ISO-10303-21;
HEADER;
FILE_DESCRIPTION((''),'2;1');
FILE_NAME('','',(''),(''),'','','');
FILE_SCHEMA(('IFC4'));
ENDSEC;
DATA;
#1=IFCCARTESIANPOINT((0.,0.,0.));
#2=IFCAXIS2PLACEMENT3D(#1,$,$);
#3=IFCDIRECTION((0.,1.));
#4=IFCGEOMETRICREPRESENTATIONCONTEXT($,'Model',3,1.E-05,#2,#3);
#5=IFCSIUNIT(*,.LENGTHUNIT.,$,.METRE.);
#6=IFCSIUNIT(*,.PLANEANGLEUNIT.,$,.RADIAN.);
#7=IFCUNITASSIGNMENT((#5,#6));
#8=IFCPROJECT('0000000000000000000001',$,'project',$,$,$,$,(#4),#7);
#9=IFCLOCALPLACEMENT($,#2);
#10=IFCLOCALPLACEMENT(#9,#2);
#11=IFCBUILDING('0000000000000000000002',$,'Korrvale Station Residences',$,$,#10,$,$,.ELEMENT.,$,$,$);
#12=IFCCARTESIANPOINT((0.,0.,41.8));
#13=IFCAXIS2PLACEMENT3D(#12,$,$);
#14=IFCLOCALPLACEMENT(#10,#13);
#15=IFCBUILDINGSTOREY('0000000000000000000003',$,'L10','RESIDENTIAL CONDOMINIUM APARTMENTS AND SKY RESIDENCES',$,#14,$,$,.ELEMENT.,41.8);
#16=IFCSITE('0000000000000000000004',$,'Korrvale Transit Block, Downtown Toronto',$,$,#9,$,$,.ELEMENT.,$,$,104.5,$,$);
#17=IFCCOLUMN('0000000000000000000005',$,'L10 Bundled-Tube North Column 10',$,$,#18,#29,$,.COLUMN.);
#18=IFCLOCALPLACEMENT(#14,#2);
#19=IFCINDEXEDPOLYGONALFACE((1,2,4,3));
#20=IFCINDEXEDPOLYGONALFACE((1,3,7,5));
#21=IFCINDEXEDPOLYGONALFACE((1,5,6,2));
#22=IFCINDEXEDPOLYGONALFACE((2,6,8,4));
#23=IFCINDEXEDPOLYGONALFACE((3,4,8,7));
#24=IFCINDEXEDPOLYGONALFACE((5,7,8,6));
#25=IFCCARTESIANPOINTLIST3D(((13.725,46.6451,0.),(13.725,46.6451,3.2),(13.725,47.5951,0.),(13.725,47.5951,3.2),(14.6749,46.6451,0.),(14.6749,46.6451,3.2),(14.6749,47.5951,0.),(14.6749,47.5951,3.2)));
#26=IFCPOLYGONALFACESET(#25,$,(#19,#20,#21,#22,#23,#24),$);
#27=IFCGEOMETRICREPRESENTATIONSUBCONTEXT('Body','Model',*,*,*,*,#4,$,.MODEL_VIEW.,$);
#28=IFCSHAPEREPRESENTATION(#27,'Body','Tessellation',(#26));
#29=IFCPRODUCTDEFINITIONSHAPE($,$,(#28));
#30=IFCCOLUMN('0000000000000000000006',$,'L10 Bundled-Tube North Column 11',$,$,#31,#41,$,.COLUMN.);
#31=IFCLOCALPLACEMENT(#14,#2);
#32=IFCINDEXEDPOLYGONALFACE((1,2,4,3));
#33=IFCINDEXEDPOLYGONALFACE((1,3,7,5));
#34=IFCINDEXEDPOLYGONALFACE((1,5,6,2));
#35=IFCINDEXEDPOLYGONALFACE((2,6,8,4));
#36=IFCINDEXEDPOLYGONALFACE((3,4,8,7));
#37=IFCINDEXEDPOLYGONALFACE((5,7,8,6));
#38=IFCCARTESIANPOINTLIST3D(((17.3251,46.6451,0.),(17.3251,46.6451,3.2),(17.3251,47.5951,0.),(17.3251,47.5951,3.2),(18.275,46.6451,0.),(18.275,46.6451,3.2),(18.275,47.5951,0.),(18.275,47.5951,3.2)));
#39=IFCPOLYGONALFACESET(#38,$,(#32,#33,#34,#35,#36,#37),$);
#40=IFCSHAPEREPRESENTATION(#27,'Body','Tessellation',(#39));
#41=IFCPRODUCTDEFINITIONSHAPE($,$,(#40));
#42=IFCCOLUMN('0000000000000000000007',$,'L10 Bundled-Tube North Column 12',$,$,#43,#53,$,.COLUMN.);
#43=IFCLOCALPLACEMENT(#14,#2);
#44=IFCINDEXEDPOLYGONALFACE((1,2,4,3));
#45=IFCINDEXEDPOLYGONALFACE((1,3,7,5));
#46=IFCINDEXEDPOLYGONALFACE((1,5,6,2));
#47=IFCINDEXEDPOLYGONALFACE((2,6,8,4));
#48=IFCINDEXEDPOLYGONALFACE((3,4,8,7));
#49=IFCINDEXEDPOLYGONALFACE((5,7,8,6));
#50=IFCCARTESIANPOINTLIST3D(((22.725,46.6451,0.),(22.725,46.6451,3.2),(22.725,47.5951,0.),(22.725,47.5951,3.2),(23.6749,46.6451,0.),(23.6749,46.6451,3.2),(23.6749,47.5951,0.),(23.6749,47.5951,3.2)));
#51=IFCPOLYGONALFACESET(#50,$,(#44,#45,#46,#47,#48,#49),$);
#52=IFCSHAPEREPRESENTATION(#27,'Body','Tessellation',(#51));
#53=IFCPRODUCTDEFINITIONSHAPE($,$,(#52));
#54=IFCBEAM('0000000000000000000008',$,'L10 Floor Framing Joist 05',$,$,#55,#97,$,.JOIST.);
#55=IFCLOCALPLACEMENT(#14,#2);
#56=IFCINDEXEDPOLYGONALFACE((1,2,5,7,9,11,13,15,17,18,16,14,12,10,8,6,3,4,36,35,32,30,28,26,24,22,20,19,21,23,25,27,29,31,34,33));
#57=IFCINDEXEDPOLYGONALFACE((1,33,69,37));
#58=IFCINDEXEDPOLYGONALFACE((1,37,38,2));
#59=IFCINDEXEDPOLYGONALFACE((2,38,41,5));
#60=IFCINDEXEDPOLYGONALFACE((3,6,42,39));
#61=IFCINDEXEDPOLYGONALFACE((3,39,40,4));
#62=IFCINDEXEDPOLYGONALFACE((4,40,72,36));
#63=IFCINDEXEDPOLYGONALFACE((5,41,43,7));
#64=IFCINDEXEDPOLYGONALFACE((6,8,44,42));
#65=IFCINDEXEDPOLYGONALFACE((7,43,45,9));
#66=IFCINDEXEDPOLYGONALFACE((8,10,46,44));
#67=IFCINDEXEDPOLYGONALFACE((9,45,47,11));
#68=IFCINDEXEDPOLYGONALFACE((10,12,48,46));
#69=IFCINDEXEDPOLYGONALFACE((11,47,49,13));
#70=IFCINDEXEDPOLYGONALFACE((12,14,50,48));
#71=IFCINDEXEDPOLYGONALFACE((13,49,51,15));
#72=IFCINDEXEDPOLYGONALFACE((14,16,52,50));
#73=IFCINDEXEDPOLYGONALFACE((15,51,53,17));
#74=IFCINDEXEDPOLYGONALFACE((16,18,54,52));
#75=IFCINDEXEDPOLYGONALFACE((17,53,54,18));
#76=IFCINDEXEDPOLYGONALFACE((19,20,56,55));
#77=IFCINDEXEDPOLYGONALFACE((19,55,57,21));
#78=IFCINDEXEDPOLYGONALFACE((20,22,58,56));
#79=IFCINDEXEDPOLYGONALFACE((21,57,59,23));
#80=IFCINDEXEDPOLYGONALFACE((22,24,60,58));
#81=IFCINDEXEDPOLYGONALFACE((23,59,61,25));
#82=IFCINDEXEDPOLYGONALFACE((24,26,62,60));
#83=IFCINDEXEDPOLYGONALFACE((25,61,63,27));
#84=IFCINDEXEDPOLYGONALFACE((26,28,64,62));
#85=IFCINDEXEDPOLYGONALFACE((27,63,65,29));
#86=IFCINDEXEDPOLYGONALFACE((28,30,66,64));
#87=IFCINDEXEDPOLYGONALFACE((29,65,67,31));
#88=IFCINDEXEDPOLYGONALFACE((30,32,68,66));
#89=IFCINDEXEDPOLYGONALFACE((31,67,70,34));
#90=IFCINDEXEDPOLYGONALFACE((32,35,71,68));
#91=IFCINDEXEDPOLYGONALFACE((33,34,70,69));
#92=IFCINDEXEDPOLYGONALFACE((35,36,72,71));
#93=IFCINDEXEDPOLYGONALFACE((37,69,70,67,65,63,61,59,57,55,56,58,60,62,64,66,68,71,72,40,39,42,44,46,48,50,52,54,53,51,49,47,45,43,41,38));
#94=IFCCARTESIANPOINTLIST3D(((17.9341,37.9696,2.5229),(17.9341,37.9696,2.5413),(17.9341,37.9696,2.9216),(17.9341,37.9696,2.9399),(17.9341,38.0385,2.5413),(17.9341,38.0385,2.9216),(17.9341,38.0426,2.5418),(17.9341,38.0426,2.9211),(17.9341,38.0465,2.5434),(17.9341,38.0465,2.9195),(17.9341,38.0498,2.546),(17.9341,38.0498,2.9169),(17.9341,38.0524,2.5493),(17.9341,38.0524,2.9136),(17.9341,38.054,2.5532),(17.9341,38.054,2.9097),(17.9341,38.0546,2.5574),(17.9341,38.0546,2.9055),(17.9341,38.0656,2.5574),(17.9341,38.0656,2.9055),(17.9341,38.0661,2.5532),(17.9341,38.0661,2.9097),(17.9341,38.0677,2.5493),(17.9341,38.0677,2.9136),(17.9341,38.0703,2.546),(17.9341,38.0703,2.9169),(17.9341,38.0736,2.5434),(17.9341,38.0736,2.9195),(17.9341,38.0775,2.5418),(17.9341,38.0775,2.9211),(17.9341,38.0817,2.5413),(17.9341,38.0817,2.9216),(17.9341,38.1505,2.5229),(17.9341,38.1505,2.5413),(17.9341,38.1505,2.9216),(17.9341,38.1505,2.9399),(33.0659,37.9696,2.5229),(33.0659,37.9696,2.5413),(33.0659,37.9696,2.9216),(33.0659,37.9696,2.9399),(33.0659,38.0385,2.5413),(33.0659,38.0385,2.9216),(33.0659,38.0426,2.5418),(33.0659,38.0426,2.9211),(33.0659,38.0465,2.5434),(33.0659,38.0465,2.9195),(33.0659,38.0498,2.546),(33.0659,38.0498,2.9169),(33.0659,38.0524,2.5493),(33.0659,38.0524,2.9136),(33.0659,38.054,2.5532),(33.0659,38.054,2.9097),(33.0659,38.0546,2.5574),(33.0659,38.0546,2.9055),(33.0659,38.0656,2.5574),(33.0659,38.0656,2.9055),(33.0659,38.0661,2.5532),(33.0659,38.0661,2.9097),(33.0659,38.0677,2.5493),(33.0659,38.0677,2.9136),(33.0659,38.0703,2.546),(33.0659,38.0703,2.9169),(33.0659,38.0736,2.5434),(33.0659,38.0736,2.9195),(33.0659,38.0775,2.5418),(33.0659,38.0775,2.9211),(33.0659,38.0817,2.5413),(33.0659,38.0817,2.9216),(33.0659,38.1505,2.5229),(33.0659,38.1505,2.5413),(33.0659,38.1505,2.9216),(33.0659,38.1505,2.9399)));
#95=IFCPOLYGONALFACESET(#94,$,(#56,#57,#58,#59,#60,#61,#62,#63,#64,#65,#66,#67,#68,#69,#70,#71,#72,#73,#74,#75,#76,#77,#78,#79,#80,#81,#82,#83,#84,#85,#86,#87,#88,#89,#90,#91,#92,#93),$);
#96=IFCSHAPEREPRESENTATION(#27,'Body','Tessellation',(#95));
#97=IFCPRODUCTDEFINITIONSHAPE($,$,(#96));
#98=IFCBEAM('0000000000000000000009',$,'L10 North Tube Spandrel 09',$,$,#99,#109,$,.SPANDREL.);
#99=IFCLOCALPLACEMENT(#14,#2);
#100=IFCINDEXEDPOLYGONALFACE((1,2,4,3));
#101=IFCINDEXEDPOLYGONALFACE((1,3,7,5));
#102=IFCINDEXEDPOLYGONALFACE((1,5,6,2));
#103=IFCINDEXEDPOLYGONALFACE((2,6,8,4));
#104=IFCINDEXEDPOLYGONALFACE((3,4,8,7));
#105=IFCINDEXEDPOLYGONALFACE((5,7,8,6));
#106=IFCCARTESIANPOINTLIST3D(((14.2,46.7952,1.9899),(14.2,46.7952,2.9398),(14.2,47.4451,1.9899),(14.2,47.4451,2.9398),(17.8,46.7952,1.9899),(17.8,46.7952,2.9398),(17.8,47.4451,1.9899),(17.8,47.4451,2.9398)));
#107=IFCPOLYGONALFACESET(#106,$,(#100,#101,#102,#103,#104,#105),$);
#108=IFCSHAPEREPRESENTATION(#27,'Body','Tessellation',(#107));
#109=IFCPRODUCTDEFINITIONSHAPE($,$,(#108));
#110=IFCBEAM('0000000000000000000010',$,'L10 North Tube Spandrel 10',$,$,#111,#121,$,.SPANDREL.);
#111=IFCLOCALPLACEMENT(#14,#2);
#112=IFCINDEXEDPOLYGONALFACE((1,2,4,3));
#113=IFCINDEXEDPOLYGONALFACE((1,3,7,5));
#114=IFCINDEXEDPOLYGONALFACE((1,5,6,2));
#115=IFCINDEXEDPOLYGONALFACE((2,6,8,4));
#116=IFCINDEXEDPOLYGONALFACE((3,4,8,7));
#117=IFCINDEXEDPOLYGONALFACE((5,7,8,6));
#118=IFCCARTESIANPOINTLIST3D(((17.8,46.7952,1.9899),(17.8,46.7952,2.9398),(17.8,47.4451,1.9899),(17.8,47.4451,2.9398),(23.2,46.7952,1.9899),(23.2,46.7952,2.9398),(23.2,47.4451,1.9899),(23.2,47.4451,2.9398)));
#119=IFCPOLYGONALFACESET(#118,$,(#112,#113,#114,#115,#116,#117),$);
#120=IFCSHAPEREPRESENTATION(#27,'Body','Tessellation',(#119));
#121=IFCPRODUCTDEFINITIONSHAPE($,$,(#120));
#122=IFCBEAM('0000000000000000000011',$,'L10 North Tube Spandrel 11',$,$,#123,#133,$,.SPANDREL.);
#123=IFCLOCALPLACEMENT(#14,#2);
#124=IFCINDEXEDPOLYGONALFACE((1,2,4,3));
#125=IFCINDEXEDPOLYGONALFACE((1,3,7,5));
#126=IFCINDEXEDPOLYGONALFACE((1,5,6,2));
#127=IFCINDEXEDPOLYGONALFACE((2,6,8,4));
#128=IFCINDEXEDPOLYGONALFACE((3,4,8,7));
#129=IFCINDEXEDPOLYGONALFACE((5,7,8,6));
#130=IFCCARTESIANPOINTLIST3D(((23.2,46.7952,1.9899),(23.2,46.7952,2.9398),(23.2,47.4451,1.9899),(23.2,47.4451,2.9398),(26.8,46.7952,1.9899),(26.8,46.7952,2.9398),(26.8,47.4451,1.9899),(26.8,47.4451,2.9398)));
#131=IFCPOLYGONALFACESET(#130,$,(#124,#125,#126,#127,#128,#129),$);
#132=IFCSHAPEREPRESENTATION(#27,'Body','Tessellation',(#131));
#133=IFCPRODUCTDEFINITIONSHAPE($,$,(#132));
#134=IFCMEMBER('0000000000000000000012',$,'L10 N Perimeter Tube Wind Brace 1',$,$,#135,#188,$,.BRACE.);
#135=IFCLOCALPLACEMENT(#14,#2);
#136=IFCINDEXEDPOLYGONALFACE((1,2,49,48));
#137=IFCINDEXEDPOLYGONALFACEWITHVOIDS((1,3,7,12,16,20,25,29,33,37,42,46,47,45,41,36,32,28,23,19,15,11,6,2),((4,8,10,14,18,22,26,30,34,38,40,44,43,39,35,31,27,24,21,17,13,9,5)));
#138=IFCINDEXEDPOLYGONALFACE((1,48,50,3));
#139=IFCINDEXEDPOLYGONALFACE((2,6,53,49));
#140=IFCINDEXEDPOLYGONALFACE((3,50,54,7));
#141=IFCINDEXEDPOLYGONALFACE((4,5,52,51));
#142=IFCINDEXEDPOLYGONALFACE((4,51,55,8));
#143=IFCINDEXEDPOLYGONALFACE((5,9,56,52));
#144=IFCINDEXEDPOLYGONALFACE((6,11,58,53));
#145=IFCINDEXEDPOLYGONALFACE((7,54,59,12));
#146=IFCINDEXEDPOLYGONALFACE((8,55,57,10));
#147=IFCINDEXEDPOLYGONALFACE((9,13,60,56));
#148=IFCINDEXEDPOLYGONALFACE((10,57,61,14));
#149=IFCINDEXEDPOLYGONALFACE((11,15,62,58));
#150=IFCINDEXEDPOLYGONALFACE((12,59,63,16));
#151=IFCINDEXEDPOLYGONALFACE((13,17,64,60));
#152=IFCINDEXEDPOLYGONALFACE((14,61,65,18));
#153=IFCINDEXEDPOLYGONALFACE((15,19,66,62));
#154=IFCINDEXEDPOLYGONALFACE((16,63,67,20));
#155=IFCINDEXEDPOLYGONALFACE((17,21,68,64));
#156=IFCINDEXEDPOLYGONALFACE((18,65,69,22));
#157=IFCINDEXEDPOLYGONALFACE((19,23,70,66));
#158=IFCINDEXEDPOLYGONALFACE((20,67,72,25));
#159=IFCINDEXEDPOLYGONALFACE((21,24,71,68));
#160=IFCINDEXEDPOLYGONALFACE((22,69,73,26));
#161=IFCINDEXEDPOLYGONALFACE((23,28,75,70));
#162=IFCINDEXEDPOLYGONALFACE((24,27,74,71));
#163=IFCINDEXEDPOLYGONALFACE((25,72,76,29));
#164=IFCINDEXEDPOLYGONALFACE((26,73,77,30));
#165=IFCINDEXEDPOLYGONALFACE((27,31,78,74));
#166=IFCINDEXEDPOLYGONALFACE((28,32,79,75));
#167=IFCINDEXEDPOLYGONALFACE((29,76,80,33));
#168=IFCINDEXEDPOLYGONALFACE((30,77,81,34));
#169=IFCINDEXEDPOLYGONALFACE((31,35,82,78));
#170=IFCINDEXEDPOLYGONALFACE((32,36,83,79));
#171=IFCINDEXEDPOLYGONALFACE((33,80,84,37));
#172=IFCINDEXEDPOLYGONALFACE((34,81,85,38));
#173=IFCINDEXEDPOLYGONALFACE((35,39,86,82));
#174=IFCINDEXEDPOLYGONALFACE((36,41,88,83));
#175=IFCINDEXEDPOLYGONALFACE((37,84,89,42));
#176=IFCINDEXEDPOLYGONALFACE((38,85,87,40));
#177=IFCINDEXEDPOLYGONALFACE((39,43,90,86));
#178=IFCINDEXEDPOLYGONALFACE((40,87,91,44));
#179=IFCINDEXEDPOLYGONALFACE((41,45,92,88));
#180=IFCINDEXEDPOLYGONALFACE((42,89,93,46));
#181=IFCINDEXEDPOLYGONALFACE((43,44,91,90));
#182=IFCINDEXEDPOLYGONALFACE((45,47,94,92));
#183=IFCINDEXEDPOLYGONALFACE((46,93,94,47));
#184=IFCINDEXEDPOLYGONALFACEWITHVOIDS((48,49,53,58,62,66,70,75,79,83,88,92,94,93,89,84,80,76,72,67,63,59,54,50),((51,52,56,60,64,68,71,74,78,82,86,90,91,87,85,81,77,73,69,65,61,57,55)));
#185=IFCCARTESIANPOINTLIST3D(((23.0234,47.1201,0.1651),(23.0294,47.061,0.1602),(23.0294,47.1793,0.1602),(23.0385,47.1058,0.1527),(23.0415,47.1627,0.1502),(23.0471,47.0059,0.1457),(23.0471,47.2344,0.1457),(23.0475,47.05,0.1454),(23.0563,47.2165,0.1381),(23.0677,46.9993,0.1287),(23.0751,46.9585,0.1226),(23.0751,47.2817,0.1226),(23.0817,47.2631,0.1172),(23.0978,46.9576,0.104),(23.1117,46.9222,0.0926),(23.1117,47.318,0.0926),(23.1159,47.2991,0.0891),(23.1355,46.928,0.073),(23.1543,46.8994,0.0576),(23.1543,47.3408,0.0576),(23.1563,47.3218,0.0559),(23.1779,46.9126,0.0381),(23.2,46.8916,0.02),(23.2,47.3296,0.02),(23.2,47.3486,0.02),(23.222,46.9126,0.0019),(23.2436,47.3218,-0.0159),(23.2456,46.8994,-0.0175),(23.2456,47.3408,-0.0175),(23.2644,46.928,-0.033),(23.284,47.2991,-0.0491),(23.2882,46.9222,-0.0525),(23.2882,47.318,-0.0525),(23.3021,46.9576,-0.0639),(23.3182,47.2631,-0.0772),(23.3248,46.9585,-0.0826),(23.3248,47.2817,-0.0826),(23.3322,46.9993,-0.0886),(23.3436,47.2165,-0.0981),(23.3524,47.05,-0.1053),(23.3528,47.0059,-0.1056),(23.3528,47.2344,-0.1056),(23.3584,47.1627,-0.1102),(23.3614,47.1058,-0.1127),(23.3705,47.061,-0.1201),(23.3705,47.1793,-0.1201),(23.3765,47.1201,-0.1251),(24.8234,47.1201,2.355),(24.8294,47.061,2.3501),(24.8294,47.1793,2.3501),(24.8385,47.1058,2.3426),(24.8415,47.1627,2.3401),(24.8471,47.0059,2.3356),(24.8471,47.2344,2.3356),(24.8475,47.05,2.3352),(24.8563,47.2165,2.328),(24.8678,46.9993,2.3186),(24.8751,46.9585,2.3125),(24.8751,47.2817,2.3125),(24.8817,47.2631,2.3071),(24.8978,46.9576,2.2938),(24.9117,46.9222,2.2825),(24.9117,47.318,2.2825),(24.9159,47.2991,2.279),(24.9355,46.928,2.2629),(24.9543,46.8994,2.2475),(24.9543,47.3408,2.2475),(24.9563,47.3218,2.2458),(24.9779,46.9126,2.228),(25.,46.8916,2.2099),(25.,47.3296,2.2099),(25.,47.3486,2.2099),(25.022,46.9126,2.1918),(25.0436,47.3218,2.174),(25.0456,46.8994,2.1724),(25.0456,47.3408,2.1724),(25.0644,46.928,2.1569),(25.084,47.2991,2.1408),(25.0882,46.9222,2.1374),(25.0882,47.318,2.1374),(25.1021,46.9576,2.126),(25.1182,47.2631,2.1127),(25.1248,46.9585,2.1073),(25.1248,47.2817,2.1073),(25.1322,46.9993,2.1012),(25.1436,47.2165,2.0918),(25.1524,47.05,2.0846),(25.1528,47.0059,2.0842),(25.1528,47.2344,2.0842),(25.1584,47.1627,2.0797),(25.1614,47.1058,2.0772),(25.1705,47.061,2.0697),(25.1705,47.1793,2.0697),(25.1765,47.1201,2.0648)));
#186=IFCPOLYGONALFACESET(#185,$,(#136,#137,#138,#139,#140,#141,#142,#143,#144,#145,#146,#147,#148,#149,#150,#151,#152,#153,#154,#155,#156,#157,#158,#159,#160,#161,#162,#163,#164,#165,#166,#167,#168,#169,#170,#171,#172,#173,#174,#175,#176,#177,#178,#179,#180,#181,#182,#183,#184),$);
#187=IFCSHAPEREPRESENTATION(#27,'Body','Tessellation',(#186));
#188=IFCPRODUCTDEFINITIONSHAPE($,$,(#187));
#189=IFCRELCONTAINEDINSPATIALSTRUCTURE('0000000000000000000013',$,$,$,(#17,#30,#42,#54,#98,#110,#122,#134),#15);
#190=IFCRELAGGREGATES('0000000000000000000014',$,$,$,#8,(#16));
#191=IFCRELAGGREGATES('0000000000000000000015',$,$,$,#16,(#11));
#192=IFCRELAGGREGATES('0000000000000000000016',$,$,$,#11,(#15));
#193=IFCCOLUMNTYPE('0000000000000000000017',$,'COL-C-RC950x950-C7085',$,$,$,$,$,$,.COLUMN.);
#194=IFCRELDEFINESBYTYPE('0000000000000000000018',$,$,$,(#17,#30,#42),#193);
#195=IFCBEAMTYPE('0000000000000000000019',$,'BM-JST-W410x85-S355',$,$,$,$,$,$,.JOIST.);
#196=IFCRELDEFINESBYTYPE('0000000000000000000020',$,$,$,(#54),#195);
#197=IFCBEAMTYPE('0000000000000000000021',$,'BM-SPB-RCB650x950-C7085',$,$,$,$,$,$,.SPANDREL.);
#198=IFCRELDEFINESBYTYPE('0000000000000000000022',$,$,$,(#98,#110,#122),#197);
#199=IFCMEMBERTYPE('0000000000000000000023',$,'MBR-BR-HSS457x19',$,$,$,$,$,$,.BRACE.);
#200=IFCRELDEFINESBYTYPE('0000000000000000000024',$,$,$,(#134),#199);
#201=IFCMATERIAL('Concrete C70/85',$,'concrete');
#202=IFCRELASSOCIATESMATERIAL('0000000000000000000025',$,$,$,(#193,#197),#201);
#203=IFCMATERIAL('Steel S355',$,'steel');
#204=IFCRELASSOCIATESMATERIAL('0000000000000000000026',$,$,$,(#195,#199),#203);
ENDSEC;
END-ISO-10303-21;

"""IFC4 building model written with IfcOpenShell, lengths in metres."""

from ifc_helpers import new_model, si_unit, direction, frame, origin, origin_2d, place, context, subcontext, project, spatial, rectangle, hollow_circle, i_section, extrude, material, material_profile, profile_set, type_object, element, save


model = new_model("IFC4")

# Units and contexts
model_context = context("Model", 3, precision=1e-05, world=origin(), true_north=direction((0.0, 1.0)))
body_context = subcontext(model_context, "Body", "Model", "MODEL_VIEW")
ifc_project = project(units=[si_unit("LENGTHUNIT", "METRE"), si_unit("PLANEANGLEUNIT", "RADIAN")], contexts=[model_context])

# Site, building, storey
site_placement = place(None, origin())
site = spatial("IfcSite", under=ifc_project, at=site_placement, Name="Korrvale Transit Block, Downtown Toronto", CompositionType="ELEMENT", RefElevation=104.5)
building_placement = place(site_placement, origin())
building = spatial("IfcBuilding", under=site, at=building_placement, Name="Korrvale Station Residences", CompositionType="ELEMENT")
storey_placement = place(building_placement, frame((0.0, 0.0, 41.8)))
storey = spatial("IfcBuildingStorey", under=building, at=storey_placement, Name="L10", Description="RESIDENTIAL CONDOMINIUM APARTMENTS AND SKY RESIDENCES", CompositionType="ELEMENT", Elevation=41.8)

# Columns
ifc_material_1 = material(Name="Concrete C70/85", Category="concrete")
ifc_material_profile_1 = material_profile(ifc_material_1, rectangle(XDim=0.95, YDim=0.95, at=origin_2d()), Name="RC950x950")
ifc_profile_set_1 = profile_set([ifc_material_profile_1], Name="Concrete C70/85")
column_type = type_object("IfcColumnType", Name="COL-C-RC950x950-C7085", PredefinedType="COLUMN", material=ifc_profile_set_1)
for number, where, z_axis, x_axis, name in (
    (1, (14.2, 47.1201, 0.0), (0.0, 0.0, 1.0), (1.0, 0.0, 0.0), "L10 Bundled-Tube North Column 10"),
    (2, (17.8, 47.1201, 0.0), (0.0, 0.0, 1.0), (1.0, 0.0, 0.0), "L10 Bundled-Tube North Column 11"),
    (3, (23.2, 47.1201, 0.0), (0.0, 0.0, 1.0), (1.0, 0.0, 0.0), "L10 Bundled-Tube North Column 12"),
):
    element("IfcColumn", number, at=place(storey_placement, frame(where, z_axis=z_axis, x_axis=x_axis)), inside=storey, type_object=column_type, Name=name, PredefinedType="COLUMN", context=body_context, shape_type="SweptSolid", body=[
        extrude(rectangle(XDim=0.95, YDim=0.95, at=origin_2d()), origin(), (0.0, 0.0, 1.0), 3.2),
    ])

# Beams
ifc_material_2 = material(Name="Steel S355", Category="steel")
ifc_material_profile_2 = material_profile(ifc_material_2, i_section(OverallWidth=0.1809, OverallDepth=0.417, WebThickness=0.011, FlangeThickness=0.0183, FilletRadius=0.0161, at=origin_2d()), Name="W410x85")
ifc_profile_set_2 = profile_set([ifc_material_profile_2], Name="Steel S355")
beam_type_1 = type_object("IfcBeamType", Name="BM-JST-W410x85-S355", PredefinedType="JOIST", material=ifc_profile_set_2)
beam_1_placement = place(storey_placement, frame((17.9341, 38.0601, 2.7314), z_axis=(1.0, 0.0, 0.0), x_axis=(0.0, 1.0, 0.0)))
element("IfcBeam", 4, at=beam_1_placement, inside=storey, type_object=beam_type_1, Name="L10 Floor Framing Joist 05", PredefinedType="JOIST", context=body_context, shape_type="SweptSolid", body=[
    extrude(i_section(OverallWidth=0.1809, OverallDepth=0.417, WebThickness=0.011, FlangeThickness=0.0183, FilletRadius=0.0161, at=origin_2d()), origin(), (0.0, 0.0, 1.0), 15.1318),
])
ifc_material_profile_3 = material_profile(ifc_material_1, rectangle(XDim=0.6499, YDim=0.95, at=origin_2d()), Name="RCB650x950")
ifc_profile_set_3 = profile_set([ifc_material_profile_3], Name="Concrete C70/85")
beam_type_2 = type_object("IfcBeamType", Name="BM-SPB-RCB650x950-C7085", PredefinedType="SPANDREL", material=ifc_profile_set_3)
beam_2_placement = place(storey_placement, frame((14.2, 47.1201, 2.4648), z_axis=(1.0, 0.0, 0.0), x_axis=(0.0, 1.0, 0.0)))
element("IfcBeam", 5, at=beam_2_placement, inside=storey, type_object=beam_type_2, Name="L10 North Tube Spandrel 09", PredefinedType="SPANDREL", context=body_context, shape_type="SweptSolid", body=[
    extrude(rectangle(XDim=0.6499, YDim=0.95, at=origin_2d()), origin(), (0.0, 0.0, 1.0), 3.6001),
])
beam_3_placement = place(storey_placement, frame((17.8, 47.1201, 2.4648), z_axis=(1.0, 0.0, 0.0), x_axis=(0.0, 1.0, 0.0)))
element("IfcBeam", 6, at=beam_3_placement, inside=storey, type_object=beam_type_2, Name="L10 North Tube Spandrel 10", PredefinedType="SPANDREL", context=body_context, shape_type="SweptSolid", body=[
    extrude(rectangle(XDim=0.6499, YDim=0.95, at=origin_2d()), origin(), (0.0, 0.0, 1.0), 5.3999),
])
beam_4_placement = place(storey_placement, frame((23.2, 47.1201, 2.4648), z_axis=(1.0, 0.0, 0.0), x_axis=(0.0, 1.0, 0.0)))
element("IfcBeam", 7, at=beam_4_placement, inside=storey, type_object=beam_type_2, Name="L10 North Tube Spandrel 11", PredefinedType="SPANDREL", context=body_context, shape_type="SweptSolid", body=[
    extrude(rectangle(XDim=0.6499, YDim=0.95, at=origin_2d()), origin(), (0.0, 0.0, 1.0), 3.6001),
])

# Member
ifc_material_profile_4 = material_profile(ifc_material_2, hollow_circle(Radius=0.2285, WallThickness=0.019, at=origin_2d()), Name="HSS457x19")
ifc_profile_set_4 = profile_set([ifc_material_profile_4], Name="Steel S355")
member_type = type_object("IfcMemberType", Name="MBR-BR-HSS457x19", PredefinedType="BRACE", material=ifc_profile_set_4)
member_placement = place(storey_placement, frame((23.2, 47.1201, 0.02), z_axis=(0.634985, 0.0, 0.772524), x_axis=(0.0, 1.0, 0.0)))
element("IfcMember", 8, at=member_placement, inside=storey, type_object=member_type, Name="L10 N Perimeter Tube Wind Brace 1", PredefinedType="BRACE", context=body_context, shape_type="SweptSolid", body=[
    extrude(hollow_circle(Radius=0.2285, WallThickness=0.019, at=origin_2d()), origin(), (0.0, 0.0, 1.0), 2.8347),
])

save(model, "model.ifc")
